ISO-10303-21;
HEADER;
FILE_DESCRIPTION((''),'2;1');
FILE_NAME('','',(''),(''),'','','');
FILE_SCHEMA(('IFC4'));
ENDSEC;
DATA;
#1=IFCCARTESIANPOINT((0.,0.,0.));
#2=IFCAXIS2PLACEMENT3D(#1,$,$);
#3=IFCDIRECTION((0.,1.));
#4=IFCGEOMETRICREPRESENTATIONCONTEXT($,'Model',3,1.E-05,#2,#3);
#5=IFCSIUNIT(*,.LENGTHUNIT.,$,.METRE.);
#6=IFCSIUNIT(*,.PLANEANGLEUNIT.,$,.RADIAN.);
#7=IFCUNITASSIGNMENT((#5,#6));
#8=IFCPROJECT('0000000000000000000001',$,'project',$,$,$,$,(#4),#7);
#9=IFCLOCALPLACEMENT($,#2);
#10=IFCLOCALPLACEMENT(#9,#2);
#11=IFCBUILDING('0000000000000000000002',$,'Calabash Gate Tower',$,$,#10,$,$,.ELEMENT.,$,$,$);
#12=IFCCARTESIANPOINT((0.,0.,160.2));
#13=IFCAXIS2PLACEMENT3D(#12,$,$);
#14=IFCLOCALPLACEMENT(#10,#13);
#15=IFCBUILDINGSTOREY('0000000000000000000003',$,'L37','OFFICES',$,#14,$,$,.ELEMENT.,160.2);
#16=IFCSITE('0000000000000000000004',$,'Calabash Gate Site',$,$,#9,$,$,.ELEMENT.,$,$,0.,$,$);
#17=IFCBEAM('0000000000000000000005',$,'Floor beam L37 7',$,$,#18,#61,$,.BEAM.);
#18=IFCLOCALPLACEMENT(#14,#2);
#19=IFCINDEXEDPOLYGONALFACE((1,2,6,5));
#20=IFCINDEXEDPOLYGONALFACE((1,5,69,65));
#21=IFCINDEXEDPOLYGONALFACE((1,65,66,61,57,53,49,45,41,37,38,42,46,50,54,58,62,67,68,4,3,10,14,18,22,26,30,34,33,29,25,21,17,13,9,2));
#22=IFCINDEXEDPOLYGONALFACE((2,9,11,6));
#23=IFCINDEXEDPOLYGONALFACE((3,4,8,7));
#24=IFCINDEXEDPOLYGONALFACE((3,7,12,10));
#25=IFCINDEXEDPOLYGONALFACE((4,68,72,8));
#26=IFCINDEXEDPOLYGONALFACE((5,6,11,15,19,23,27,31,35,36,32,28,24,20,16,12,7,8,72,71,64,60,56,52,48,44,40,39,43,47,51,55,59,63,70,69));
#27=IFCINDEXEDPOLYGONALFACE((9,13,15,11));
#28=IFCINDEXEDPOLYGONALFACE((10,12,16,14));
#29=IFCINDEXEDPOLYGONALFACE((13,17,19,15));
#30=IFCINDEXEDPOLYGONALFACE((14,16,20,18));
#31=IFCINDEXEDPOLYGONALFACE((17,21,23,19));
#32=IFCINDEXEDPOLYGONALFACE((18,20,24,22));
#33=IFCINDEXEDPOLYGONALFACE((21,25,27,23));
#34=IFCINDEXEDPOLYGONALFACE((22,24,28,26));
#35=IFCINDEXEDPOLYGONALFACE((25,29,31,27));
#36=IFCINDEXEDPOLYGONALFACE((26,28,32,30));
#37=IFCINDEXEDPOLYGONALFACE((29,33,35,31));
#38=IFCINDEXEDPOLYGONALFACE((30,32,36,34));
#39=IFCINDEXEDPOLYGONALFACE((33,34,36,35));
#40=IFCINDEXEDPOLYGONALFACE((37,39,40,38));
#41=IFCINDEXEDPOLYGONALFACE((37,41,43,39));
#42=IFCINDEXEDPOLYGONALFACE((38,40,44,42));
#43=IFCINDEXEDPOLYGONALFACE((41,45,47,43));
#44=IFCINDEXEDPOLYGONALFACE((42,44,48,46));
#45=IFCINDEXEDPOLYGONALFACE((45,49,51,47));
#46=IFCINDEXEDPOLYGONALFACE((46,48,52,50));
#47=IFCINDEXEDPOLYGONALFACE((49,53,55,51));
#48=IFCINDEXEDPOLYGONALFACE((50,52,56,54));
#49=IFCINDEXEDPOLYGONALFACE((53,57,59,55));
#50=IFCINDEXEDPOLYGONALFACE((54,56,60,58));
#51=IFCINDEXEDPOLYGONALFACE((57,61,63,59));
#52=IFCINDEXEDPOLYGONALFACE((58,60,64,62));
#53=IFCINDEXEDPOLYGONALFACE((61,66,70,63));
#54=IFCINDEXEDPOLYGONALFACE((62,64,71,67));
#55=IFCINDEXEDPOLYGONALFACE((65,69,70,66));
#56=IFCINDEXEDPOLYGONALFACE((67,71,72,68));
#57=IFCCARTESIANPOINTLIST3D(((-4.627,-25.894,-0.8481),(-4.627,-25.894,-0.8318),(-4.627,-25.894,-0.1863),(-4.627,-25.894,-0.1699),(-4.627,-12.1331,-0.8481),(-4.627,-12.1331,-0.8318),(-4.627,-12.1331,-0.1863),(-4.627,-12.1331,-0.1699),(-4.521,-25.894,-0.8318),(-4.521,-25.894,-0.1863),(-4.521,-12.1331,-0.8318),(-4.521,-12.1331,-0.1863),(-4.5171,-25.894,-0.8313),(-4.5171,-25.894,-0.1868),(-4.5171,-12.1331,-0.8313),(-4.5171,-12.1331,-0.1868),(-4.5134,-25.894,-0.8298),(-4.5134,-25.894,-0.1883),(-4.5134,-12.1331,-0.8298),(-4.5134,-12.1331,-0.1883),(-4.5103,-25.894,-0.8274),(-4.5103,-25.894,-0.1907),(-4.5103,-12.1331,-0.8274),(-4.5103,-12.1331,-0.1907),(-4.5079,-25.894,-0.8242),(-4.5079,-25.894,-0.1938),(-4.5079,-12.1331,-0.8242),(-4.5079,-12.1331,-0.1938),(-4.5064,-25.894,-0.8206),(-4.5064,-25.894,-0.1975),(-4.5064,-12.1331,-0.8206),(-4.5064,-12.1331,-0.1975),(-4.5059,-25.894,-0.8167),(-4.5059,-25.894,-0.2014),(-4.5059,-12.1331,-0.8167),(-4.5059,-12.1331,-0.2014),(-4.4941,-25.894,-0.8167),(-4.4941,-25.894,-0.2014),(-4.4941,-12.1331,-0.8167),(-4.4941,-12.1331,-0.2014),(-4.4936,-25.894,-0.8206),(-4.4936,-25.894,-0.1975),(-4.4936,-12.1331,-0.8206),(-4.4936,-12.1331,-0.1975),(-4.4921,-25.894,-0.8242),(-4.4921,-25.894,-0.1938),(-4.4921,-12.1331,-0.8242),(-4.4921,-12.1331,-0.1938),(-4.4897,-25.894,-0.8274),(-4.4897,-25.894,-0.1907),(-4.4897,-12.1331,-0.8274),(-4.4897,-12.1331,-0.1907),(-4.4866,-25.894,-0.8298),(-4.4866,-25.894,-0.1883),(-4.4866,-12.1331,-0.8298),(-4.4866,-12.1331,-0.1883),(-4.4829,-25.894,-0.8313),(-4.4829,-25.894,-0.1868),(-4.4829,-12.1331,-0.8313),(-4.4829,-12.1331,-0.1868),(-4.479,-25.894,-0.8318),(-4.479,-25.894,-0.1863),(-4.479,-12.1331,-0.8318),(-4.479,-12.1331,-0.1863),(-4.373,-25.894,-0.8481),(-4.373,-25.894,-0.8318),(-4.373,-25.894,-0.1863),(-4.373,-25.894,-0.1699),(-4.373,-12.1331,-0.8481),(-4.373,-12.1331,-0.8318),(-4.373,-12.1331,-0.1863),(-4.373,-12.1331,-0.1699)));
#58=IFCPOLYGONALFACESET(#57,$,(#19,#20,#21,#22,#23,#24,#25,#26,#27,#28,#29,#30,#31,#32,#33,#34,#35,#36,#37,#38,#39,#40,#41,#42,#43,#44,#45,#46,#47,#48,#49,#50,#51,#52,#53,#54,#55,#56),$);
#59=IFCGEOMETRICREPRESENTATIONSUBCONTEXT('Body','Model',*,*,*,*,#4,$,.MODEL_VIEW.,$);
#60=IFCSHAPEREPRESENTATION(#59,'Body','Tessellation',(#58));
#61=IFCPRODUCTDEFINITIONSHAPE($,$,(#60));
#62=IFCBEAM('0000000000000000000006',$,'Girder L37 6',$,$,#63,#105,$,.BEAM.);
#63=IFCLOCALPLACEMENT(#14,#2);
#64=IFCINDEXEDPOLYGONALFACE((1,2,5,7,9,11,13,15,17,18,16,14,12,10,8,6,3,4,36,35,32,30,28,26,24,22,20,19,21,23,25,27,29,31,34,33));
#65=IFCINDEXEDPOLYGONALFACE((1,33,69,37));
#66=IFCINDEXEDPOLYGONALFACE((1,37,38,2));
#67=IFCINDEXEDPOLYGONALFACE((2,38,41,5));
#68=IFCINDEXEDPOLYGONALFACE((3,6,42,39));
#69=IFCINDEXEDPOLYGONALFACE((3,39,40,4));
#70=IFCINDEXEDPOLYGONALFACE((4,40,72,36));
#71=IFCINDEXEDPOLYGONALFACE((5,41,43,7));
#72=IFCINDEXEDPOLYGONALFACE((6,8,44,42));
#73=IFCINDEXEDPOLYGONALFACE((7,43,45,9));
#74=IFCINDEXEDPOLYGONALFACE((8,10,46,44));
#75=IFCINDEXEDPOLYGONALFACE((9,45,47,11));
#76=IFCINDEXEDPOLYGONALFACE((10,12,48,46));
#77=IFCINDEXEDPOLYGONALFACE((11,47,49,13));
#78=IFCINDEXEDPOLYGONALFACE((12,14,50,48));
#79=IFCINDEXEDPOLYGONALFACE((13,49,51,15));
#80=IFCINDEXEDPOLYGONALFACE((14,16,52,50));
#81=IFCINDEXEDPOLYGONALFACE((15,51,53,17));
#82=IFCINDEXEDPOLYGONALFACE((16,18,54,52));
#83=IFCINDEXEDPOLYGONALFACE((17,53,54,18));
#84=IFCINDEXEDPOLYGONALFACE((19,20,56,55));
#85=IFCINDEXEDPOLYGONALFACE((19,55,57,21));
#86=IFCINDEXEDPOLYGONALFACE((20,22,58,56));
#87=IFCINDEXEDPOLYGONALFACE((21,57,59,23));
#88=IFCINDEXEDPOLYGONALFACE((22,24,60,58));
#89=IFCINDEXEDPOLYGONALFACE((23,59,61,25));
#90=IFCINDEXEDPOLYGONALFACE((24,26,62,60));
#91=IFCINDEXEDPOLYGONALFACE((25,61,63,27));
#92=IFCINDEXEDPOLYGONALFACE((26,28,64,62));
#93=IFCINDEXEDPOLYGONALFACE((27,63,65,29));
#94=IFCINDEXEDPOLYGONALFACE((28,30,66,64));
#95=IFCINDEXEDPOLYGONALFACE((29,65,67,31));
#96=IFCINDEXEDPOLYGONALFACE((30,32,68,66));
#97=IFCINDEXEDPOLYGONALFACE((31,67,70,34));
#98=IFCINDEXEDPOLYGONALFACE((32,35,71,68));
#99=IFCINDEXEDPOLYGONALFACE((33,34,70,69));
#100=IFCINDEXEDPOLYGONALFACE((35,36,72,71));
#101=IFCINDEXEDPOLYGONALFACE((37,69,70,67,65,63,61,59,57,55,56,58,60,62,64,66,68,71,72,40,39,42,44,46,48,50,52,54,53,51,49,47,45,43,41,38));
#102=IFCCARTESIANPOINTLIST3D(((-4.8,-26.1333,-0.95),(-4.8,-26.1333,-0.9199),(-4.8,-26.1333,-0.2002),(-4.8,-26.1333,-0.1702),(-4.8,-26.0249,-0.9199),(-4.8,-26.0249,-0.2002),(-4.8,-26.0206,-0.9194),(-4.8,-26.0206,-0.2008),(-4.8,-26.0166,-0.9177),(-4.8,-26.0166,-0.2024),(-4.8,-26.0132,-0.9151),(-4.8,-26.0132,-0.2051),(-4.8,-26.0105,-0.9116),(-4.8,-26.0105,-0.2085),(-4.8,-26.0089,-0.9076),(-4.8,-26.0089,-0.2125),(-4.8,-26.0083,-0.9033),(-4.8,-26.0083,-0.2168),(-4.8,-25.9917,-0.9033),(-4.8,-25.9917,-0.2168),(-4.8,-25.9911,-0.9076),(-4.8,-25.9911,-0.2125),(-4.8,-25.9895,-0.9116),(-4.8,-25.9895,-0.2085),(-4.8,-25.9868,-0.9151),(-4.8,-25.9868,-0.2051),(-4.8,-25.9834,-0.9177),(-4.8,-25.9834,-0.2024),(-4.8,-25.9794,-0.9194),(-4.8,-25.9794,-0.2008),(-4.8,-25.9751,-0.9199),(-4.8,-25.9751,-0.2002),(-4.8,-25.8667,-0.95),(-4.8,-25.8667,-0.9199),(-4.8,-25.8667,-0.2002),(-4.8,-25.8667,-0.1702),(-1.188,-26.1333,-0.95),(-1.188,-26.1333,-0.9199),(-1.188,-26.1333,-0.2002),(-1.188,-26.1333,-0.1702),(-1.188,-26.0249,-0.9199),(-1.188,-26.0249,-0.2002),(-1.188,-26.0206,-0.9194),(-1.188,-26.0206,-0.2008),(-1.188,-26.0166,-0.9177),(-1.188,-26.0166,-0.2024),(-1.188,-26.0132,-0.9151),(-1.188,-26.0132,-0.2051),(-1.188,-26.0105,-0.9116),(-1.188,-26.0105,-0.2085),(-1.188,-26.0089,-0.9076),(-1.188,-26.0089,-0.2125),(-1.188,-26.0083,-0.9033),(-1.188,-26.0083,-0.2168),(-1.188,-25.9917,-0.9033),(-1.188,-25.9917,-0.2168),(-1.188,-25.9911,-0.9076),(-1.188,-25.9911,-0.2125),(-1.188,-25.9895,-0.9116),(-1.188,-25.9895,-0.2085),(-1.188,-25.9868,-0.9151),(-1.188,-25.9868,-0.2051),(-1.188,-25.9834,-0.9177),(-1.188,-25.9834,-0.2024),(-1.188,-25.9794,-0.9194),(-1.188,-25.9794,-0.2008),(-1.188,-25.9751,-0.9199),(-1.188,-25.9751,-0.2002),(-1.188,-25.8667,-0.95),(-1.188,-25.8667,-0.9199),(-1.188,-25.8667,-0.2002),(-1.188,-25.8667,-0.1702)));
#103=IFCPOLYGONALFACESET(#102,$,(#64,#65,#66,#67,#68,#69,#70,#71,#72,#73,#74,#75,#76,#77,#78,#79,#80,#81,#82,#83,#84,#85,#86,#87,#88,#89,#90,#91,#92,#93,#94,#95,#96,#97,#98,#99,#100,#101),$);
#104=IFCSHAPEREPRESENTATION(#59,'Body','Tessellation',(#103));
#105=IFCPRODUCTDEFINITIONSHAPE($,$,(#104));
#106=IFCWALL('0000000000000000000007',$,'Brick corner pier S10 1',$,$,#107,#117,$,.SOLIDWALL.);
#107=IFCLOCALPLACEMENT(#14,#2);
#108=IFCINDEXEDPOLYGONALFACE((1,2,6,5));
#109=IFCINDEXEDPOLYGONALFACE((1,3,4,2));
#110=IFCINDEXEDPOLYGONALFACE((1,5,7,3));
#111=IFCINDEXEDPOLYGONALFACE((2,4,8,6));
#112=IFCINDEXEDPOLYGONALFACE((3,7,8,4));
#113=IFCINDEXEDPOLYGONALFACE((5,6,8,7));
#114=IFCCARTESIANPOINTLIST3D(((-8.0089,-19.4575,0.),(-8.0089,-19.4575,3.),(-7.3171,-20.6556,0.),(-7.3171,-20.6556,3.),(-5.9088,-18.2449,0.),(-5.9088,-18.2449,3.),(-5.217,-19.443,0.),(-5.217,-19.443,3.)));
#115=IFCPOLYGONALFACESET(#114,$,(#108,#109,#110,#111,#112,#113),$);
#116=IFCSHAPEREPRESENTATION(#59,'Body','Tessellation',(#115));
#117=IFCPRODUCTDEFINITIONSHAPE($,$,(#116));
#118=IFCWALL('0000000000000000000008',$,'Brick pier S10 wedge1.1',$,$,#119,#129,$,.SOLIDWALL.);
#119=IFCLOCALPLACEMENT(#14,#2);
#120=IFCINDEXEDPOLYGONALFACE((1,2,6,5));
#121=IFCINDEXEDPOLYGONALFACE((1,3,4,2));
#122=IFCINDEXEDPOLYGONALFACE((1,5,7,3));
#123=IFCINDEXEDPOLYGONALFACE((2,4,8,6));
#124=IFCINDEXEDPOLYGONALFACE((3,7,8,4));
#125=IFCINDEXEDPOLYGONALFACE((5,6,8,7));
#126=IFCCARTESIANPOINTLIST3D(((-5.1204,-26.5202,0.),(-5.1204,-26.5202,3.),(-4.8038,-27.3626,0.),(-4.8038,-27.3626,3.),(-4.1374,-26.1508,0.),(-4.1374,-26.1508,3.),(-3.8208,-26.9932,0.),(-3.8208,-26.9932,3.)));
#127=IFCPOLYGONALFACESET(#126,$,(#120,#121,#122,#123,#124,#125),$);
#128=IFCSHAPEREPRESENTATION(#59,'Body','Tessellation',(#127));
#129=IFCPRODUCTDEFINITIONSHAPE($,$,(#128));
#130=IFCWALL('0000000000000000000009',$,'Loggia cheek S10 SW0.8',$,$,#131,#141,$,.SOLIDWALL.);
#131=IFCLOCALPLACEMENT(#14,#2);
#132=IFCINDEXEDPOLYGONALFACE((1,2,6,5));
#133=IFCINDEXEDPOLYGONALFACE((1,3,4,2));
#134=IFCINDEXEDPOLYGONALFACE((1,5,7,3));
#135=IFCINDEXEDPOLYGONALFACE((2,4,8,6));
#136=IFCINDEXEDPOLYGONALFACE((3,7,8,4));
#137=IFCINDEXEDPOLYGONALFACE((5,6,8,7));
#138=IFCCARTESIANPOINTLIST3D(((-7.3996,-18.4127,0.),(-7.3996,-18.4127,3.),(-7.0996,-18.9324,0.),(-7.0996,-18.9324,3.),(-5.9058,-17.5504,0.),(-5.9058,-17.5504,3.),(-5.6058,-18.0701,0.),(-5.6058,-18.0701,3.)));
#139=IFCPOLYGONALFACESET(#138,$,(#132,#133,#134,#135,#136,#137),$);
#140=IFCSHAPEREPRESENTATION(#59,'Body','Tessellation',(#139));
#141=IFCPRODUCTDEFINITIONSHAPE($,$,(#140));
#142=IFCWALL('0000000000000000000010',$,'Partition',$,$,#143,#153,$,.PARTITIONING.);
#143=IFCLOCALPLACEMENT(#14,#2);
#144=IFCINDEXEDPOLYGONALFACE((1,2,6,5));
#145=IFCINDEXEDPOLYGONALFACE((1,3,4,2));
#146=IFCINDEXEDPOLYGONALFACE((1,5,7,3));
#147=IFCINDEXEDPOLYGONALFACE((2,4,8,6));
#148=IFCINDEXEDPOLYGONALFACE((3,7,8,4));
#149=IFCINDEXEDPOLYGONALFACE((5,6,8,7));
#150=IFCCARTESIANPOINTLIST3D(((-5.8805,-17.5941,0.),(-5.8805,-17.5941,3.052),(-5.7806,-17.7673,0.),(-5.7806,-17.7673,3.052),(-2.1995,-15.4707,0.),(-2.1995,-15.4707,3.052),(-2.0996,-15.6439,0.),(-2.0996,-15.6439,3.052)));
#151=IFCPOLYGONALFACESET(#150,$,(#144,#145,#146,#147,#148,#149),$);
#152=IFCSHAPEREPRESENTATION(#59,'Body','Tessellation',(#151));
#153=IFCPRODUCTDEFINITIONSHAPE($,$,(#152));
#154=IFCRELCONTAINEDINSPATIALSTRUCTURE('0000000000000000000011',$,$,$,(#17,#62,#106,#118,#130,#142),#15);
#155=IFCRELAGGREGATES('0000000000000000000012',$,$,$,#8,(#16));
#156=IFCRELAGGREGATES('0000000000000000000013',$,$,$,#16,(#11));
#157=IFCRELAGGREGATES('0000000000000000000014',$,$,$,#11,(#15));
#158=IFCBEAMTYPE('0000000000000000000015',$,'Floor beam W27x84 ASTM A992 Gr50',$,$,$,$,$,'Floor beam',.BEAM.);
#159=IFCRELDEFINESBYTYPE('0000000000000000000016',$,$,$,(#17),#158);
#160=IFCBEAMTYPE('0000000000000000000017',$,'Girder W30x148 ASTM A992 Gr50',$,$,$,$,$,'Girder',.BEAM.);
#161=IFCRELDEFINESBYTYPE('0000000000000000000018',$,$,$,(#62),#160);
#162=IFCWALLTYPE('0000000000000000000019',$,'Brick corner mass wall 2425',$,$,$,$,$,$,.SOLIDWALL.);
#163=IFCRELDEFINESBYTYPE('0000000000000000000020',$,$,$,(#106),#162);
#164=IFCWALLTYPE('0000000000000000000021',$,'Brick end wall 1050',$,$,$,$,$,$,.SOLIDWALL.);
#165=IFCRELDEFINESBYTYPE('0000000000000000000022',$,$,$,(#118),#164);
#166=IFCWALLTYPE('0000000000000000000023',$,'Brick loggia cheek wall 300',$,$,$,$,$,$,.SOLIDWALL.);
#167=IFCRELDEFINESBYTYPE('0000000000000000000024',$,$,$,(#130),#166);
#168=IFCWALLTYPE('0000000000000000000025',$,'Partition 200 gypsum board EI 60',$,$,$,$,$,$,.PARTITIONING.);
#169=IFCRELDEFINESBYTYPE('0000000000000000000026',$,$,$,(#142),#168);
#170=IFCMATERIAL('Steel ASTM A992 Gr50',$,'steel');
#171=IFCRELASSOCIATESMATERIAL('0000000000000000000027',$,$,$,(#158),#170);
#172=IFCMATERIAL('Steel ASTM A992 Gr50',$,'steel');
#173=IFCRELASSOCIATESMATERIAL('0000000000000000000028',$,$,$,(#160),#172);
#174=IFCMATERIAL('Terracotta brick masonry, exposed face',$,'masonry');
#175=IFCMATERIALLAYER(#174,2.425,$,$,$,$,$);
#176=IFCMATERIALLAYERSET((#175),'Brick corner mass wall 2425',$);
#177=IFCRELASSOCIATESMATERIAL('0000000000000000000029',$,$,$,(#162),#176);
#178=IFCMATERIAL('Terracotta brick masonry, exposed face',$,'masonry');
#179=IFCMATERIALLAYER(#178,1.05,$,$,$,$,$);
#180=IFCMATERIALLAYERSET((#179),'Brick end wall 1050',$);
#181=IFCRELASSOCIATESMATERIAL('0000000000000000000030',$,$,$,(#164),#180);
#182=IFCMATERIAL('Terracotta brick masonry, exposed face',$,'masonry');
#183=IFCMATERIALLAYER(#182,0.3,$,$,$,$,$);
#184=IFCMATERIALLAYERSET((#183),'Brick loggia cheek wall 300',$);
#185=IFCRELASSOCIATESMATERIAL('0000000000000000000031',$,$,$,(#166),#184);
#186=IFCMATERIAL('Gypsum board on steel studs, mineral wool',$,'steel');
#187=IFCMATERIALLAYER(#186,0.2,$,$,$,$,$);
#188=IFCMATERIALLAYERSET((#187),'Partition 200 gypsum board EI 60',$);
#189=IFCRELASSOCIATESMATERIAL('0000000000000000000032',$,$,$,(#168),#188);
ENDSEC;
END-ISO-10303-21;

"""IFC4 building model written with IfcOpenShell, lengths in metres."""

from ifc_helpers import new_model, si_unit, direction, frame, frame_2d, origin, origin_2d, place, context, subcontext, project, spatial, rectangle, i_section, extrude, material, layer, layer_set, material_profile, profile_set, type_object, element, save


model = new_model("IFC4")

# Units and contexts
model_context = context("Model", 3, precision=1e-05, world=origin(), true_north=direction((0.0, 1.0)))
body_context = subcontext(model_context, "Body", "Model", "MODEL_VIEW")
ifc_project = project(units=[si_unit("LENGTHUNIT", "METRE"), si_unit("PLANEANGLEUNIT", "RADIAN")], contexts=[model_context])

# Site, building, storey
site_placement = place(None, origin())
site = spatial("IfcSite", under=ifc_project, at=site_placement, Name="Calabash Gate Site", CompositionType="ELEMENT", RefElevation=0.0)
building_placement = place(site_placement, origin())
building = spatial("IfcBuilding", under=site, at=building_placement, Name="Calabash Gate Tower", CompositionType="ELEMENT")
storey_placement = place(building_placement, frame((0.0, 0.0, 160.2)))
storey = spatial("IfcBuildingStorey", under=building, at=storey_placement, Name="L37", Description="OFFICES", CompositionType="ELEMENT", Elevation=160.2)

# Beams
ifc_material_1 = material(Name="Steel ASTM A992 Gr50", Category="steel")
ifc_material_profile_1 = material_profile(ifc_material_1, i_section(OverallWidth=0.2539, OverallDepth=0.6782, WebThickness=0.0117, FlangeThickness=0.0164, FilletRadius=0.0151, at=origin_2d()))
ifc_profile_set_1 = profile_set([ifc_material_profile_1], Name="Steel ASTM A992 Gr50")
beam_type_1 = type_object("IfcBeamType", Name="Floor beam W27x84 ASTM A992 Gr50", ElementType="Floor beam", PredefinedType="BEAM", material=ifc_profile_set_1)
beam_1_placement = place(storey_placement, frame((-4.5, -25.894, -0.509), z_axis=(0.0, 1.0, 0.0), x_axis=(-1.0, 0.0, 0.0)))
element("IfcBeam", 1, at=beam_1_placement, inside=storey, type_object=beam_type_1, Name="Floor beam L37 7", PredefinedType="BEAM", context=body_context, shape_type="SweptSolid", body=[
    extrude(i_section(OverallWidth=0.2539, OverallDepth=0.6782, WebThickness=0.0117, FlangeThickness=0.0164, FilletRadius=0.0151, at=origin_2d()), origin(), (0.0, 0.0, 1.0), 13.761),
])
ifc_material_2 = material(Name="Steel ASTM A992 Gr50", Category="steel")
ifc_material_profile_2 = material_profile(ifc_material_2, i_section(OverallWidth=0.2666, OverallDepth=0.7798, WebThickness=0.0166, FlangeThickness=0.03, FilletRadius=0.0166, at=origin_2d()))
ifc_profile_set_2 = profile_set([ifc_material_profile_2], Name="Steel ASTM A992 Gr50")
beam_type_2 = type_object("IfcBeamType", Name="Girder W30x148 ASTM A992 Gr50", ElementType="Girder", PredefinedType="BEAM", material=ifc_profile_set_2)
beam_2_placement = place(storey_placement, frame((-4.8, -26.0, -0.5601), z_axis=(1.0, 0.0, 0.0), x_axis=(0.0, 1.0, 0.0)))
element("IfcBeam", 2, at=beam_2_placement, inside=storey, type_object=beam_type_2, Name="Girder L37 6", PredefinedType="BEAM", context=body_context, shape_type="SweptSolid", body=[
    extrude(i_section(OverallWidth=0.2666, OverallDepth=0.7798, WebThickness=0.0166, FlangeThickness=0.03, FilletRadius=0.0166, at=origin_2d()), origin(), (0.0, 0.0, 1.0), 3.6121),
])

# Walls
ifc_material_3 = material(Name="Terracotta brick masonry, exposed face", Category="masonry")
ifc_layer_1 = layer(ifc_material_3, 2.425)
ifc_layer_set_1 = layer_set([ifc_layer_1], Name="Brick corner mass wall 2425")
wall_type_1 = type_object("IfcWallType", Name="Brick corner mass wall 2425", PredefinedType="SOLIDWALL", material=ifc_layer_set_1)
wall_1_placement = place(storey_placement, frame((-5.563, -18.844, 0.0), z_axis=(0.0, 0.0, 1.0), x_axis=(-0.865998, -0.500048, 0.0)))
element("IfcWall", 3, at=wall_1_placement, inside=storey, type_object=wall_type_1, Name="Brick corner pier S10 1", PredefinedType="SOLIDWALL", context=body_context, shape_type="SweptSolid", body=[
    extrude(rectangle(XDim=2.425, YDim=1.3835, at=frame_2d((1.2124, 0.0))), origin(), (0.0, 0.0, 1.0), 3.0),
])
ifc_material_4 = material(Name="Terracotta brick masonry, exposed face", Category="masonry")
ifc_layer_2 = layer(ifc_material_4, 1.05)
ifc_layer_set_2 = layer_set([ifc_layer_2], Name="Brick end wall 1050")
wall_type_2 = type_object("IfcWallType", Name="Brick end wall 1050", PredefinedType="SOLIDWALL", material=ifc_layer_set_2)
wall_2_placement = place(storey_placement, frame((-3.9792, -26.572, 0.0), z_axis=(0.0, 0.0, 1.0), x_axis=(-0.936081, -0.351786, 0.0)))
element("IfcWall", 4, at=wall_2_placement, inside=storey, type_object=wall_type_2, Name="Brick pier S10 wedge1.1", PredefinedType="SOLIDWALL", context=body_context, shape_type="SweptSolid", body=[
    extrude(rectangle(XDim=1.05, YDim=0.8999, at=frame_2d((0.5249, 0.0))), origin(), (0.0, 0.0, 1.0), 3.0),
])
ifc_material_5 = material(Name="Terracotta brick masonry, exposed face", Category="masonry")
ifc_layer_3 = layer(ifc_material_5, 0.3)
ifc_layer_set_3 = layer_set([ifc_layer_3], Name="Brick loggia cheek wall 300")
wall_type_3 = type_object("IfcWallType", Name="Brick loggia cheek wall 300", PredefinedType="SOLIDWALL", material=ifc_layer_set_3)
wall_3_placement = place(storey_placement, frame((-5.7559, -17.8103, 0.0), z_axis=(0.0, 0.0, 1.0), x_axis=(-0.866075, -0.499914, 0.0)))
element("IfcWall", 5, at=wall_3_placement, inside=storey, type_object=wall_type_3, Name="Loggia cheek S10 SW0.8", PredefinedType="SOLIDWALL", context=body_context, shape_type="SweptSolid", body=[
    extrude(rectangle(XDim=1.7249, YDim=0.6001, at=frame_2d((0.8623, 0.0))), origin(), (0.0, 0.0, 1.0), 3.0),
])
ifc_material_6 = material(Name="Gypsum board on steel studs, mineral wool", Category="steel")
ifc_layer_4 = layer(ifc_material_6, 0.2)
ifc_layer_set_4 = layer_set([ifc_layer_4], Name="Partition 200 gypsum board EI 60")
wall_type_4 = type_object("IfcWallType", Name="Partition 200 gypsum board EI 60", PredefinedType="PARTITIONING", material=ifc_layer_set_4)
wall_4_placement = place(storey_placement, frame((-5.8306, -17.6807, 0.0), z_axis=(0.0, 0.0, 1.0), x_axis=(0.866217, 0.499668, 0.0)))
element("IfcWall", 6, at=wall_4_placement, inside=storey, type_object=wall_type_4, Name="Partition", PredefinedType="PARTITIONING", context=body_context, shape_type="SweptSolid", body=[
    extrude(rectangle(XDim=4.2495, YDim=0.2, at=frame_2d((2.1248, 0.0))), origin(), (0.0, 0.0, 1.0), 3.052),
])

save(model, "model.ifc")
